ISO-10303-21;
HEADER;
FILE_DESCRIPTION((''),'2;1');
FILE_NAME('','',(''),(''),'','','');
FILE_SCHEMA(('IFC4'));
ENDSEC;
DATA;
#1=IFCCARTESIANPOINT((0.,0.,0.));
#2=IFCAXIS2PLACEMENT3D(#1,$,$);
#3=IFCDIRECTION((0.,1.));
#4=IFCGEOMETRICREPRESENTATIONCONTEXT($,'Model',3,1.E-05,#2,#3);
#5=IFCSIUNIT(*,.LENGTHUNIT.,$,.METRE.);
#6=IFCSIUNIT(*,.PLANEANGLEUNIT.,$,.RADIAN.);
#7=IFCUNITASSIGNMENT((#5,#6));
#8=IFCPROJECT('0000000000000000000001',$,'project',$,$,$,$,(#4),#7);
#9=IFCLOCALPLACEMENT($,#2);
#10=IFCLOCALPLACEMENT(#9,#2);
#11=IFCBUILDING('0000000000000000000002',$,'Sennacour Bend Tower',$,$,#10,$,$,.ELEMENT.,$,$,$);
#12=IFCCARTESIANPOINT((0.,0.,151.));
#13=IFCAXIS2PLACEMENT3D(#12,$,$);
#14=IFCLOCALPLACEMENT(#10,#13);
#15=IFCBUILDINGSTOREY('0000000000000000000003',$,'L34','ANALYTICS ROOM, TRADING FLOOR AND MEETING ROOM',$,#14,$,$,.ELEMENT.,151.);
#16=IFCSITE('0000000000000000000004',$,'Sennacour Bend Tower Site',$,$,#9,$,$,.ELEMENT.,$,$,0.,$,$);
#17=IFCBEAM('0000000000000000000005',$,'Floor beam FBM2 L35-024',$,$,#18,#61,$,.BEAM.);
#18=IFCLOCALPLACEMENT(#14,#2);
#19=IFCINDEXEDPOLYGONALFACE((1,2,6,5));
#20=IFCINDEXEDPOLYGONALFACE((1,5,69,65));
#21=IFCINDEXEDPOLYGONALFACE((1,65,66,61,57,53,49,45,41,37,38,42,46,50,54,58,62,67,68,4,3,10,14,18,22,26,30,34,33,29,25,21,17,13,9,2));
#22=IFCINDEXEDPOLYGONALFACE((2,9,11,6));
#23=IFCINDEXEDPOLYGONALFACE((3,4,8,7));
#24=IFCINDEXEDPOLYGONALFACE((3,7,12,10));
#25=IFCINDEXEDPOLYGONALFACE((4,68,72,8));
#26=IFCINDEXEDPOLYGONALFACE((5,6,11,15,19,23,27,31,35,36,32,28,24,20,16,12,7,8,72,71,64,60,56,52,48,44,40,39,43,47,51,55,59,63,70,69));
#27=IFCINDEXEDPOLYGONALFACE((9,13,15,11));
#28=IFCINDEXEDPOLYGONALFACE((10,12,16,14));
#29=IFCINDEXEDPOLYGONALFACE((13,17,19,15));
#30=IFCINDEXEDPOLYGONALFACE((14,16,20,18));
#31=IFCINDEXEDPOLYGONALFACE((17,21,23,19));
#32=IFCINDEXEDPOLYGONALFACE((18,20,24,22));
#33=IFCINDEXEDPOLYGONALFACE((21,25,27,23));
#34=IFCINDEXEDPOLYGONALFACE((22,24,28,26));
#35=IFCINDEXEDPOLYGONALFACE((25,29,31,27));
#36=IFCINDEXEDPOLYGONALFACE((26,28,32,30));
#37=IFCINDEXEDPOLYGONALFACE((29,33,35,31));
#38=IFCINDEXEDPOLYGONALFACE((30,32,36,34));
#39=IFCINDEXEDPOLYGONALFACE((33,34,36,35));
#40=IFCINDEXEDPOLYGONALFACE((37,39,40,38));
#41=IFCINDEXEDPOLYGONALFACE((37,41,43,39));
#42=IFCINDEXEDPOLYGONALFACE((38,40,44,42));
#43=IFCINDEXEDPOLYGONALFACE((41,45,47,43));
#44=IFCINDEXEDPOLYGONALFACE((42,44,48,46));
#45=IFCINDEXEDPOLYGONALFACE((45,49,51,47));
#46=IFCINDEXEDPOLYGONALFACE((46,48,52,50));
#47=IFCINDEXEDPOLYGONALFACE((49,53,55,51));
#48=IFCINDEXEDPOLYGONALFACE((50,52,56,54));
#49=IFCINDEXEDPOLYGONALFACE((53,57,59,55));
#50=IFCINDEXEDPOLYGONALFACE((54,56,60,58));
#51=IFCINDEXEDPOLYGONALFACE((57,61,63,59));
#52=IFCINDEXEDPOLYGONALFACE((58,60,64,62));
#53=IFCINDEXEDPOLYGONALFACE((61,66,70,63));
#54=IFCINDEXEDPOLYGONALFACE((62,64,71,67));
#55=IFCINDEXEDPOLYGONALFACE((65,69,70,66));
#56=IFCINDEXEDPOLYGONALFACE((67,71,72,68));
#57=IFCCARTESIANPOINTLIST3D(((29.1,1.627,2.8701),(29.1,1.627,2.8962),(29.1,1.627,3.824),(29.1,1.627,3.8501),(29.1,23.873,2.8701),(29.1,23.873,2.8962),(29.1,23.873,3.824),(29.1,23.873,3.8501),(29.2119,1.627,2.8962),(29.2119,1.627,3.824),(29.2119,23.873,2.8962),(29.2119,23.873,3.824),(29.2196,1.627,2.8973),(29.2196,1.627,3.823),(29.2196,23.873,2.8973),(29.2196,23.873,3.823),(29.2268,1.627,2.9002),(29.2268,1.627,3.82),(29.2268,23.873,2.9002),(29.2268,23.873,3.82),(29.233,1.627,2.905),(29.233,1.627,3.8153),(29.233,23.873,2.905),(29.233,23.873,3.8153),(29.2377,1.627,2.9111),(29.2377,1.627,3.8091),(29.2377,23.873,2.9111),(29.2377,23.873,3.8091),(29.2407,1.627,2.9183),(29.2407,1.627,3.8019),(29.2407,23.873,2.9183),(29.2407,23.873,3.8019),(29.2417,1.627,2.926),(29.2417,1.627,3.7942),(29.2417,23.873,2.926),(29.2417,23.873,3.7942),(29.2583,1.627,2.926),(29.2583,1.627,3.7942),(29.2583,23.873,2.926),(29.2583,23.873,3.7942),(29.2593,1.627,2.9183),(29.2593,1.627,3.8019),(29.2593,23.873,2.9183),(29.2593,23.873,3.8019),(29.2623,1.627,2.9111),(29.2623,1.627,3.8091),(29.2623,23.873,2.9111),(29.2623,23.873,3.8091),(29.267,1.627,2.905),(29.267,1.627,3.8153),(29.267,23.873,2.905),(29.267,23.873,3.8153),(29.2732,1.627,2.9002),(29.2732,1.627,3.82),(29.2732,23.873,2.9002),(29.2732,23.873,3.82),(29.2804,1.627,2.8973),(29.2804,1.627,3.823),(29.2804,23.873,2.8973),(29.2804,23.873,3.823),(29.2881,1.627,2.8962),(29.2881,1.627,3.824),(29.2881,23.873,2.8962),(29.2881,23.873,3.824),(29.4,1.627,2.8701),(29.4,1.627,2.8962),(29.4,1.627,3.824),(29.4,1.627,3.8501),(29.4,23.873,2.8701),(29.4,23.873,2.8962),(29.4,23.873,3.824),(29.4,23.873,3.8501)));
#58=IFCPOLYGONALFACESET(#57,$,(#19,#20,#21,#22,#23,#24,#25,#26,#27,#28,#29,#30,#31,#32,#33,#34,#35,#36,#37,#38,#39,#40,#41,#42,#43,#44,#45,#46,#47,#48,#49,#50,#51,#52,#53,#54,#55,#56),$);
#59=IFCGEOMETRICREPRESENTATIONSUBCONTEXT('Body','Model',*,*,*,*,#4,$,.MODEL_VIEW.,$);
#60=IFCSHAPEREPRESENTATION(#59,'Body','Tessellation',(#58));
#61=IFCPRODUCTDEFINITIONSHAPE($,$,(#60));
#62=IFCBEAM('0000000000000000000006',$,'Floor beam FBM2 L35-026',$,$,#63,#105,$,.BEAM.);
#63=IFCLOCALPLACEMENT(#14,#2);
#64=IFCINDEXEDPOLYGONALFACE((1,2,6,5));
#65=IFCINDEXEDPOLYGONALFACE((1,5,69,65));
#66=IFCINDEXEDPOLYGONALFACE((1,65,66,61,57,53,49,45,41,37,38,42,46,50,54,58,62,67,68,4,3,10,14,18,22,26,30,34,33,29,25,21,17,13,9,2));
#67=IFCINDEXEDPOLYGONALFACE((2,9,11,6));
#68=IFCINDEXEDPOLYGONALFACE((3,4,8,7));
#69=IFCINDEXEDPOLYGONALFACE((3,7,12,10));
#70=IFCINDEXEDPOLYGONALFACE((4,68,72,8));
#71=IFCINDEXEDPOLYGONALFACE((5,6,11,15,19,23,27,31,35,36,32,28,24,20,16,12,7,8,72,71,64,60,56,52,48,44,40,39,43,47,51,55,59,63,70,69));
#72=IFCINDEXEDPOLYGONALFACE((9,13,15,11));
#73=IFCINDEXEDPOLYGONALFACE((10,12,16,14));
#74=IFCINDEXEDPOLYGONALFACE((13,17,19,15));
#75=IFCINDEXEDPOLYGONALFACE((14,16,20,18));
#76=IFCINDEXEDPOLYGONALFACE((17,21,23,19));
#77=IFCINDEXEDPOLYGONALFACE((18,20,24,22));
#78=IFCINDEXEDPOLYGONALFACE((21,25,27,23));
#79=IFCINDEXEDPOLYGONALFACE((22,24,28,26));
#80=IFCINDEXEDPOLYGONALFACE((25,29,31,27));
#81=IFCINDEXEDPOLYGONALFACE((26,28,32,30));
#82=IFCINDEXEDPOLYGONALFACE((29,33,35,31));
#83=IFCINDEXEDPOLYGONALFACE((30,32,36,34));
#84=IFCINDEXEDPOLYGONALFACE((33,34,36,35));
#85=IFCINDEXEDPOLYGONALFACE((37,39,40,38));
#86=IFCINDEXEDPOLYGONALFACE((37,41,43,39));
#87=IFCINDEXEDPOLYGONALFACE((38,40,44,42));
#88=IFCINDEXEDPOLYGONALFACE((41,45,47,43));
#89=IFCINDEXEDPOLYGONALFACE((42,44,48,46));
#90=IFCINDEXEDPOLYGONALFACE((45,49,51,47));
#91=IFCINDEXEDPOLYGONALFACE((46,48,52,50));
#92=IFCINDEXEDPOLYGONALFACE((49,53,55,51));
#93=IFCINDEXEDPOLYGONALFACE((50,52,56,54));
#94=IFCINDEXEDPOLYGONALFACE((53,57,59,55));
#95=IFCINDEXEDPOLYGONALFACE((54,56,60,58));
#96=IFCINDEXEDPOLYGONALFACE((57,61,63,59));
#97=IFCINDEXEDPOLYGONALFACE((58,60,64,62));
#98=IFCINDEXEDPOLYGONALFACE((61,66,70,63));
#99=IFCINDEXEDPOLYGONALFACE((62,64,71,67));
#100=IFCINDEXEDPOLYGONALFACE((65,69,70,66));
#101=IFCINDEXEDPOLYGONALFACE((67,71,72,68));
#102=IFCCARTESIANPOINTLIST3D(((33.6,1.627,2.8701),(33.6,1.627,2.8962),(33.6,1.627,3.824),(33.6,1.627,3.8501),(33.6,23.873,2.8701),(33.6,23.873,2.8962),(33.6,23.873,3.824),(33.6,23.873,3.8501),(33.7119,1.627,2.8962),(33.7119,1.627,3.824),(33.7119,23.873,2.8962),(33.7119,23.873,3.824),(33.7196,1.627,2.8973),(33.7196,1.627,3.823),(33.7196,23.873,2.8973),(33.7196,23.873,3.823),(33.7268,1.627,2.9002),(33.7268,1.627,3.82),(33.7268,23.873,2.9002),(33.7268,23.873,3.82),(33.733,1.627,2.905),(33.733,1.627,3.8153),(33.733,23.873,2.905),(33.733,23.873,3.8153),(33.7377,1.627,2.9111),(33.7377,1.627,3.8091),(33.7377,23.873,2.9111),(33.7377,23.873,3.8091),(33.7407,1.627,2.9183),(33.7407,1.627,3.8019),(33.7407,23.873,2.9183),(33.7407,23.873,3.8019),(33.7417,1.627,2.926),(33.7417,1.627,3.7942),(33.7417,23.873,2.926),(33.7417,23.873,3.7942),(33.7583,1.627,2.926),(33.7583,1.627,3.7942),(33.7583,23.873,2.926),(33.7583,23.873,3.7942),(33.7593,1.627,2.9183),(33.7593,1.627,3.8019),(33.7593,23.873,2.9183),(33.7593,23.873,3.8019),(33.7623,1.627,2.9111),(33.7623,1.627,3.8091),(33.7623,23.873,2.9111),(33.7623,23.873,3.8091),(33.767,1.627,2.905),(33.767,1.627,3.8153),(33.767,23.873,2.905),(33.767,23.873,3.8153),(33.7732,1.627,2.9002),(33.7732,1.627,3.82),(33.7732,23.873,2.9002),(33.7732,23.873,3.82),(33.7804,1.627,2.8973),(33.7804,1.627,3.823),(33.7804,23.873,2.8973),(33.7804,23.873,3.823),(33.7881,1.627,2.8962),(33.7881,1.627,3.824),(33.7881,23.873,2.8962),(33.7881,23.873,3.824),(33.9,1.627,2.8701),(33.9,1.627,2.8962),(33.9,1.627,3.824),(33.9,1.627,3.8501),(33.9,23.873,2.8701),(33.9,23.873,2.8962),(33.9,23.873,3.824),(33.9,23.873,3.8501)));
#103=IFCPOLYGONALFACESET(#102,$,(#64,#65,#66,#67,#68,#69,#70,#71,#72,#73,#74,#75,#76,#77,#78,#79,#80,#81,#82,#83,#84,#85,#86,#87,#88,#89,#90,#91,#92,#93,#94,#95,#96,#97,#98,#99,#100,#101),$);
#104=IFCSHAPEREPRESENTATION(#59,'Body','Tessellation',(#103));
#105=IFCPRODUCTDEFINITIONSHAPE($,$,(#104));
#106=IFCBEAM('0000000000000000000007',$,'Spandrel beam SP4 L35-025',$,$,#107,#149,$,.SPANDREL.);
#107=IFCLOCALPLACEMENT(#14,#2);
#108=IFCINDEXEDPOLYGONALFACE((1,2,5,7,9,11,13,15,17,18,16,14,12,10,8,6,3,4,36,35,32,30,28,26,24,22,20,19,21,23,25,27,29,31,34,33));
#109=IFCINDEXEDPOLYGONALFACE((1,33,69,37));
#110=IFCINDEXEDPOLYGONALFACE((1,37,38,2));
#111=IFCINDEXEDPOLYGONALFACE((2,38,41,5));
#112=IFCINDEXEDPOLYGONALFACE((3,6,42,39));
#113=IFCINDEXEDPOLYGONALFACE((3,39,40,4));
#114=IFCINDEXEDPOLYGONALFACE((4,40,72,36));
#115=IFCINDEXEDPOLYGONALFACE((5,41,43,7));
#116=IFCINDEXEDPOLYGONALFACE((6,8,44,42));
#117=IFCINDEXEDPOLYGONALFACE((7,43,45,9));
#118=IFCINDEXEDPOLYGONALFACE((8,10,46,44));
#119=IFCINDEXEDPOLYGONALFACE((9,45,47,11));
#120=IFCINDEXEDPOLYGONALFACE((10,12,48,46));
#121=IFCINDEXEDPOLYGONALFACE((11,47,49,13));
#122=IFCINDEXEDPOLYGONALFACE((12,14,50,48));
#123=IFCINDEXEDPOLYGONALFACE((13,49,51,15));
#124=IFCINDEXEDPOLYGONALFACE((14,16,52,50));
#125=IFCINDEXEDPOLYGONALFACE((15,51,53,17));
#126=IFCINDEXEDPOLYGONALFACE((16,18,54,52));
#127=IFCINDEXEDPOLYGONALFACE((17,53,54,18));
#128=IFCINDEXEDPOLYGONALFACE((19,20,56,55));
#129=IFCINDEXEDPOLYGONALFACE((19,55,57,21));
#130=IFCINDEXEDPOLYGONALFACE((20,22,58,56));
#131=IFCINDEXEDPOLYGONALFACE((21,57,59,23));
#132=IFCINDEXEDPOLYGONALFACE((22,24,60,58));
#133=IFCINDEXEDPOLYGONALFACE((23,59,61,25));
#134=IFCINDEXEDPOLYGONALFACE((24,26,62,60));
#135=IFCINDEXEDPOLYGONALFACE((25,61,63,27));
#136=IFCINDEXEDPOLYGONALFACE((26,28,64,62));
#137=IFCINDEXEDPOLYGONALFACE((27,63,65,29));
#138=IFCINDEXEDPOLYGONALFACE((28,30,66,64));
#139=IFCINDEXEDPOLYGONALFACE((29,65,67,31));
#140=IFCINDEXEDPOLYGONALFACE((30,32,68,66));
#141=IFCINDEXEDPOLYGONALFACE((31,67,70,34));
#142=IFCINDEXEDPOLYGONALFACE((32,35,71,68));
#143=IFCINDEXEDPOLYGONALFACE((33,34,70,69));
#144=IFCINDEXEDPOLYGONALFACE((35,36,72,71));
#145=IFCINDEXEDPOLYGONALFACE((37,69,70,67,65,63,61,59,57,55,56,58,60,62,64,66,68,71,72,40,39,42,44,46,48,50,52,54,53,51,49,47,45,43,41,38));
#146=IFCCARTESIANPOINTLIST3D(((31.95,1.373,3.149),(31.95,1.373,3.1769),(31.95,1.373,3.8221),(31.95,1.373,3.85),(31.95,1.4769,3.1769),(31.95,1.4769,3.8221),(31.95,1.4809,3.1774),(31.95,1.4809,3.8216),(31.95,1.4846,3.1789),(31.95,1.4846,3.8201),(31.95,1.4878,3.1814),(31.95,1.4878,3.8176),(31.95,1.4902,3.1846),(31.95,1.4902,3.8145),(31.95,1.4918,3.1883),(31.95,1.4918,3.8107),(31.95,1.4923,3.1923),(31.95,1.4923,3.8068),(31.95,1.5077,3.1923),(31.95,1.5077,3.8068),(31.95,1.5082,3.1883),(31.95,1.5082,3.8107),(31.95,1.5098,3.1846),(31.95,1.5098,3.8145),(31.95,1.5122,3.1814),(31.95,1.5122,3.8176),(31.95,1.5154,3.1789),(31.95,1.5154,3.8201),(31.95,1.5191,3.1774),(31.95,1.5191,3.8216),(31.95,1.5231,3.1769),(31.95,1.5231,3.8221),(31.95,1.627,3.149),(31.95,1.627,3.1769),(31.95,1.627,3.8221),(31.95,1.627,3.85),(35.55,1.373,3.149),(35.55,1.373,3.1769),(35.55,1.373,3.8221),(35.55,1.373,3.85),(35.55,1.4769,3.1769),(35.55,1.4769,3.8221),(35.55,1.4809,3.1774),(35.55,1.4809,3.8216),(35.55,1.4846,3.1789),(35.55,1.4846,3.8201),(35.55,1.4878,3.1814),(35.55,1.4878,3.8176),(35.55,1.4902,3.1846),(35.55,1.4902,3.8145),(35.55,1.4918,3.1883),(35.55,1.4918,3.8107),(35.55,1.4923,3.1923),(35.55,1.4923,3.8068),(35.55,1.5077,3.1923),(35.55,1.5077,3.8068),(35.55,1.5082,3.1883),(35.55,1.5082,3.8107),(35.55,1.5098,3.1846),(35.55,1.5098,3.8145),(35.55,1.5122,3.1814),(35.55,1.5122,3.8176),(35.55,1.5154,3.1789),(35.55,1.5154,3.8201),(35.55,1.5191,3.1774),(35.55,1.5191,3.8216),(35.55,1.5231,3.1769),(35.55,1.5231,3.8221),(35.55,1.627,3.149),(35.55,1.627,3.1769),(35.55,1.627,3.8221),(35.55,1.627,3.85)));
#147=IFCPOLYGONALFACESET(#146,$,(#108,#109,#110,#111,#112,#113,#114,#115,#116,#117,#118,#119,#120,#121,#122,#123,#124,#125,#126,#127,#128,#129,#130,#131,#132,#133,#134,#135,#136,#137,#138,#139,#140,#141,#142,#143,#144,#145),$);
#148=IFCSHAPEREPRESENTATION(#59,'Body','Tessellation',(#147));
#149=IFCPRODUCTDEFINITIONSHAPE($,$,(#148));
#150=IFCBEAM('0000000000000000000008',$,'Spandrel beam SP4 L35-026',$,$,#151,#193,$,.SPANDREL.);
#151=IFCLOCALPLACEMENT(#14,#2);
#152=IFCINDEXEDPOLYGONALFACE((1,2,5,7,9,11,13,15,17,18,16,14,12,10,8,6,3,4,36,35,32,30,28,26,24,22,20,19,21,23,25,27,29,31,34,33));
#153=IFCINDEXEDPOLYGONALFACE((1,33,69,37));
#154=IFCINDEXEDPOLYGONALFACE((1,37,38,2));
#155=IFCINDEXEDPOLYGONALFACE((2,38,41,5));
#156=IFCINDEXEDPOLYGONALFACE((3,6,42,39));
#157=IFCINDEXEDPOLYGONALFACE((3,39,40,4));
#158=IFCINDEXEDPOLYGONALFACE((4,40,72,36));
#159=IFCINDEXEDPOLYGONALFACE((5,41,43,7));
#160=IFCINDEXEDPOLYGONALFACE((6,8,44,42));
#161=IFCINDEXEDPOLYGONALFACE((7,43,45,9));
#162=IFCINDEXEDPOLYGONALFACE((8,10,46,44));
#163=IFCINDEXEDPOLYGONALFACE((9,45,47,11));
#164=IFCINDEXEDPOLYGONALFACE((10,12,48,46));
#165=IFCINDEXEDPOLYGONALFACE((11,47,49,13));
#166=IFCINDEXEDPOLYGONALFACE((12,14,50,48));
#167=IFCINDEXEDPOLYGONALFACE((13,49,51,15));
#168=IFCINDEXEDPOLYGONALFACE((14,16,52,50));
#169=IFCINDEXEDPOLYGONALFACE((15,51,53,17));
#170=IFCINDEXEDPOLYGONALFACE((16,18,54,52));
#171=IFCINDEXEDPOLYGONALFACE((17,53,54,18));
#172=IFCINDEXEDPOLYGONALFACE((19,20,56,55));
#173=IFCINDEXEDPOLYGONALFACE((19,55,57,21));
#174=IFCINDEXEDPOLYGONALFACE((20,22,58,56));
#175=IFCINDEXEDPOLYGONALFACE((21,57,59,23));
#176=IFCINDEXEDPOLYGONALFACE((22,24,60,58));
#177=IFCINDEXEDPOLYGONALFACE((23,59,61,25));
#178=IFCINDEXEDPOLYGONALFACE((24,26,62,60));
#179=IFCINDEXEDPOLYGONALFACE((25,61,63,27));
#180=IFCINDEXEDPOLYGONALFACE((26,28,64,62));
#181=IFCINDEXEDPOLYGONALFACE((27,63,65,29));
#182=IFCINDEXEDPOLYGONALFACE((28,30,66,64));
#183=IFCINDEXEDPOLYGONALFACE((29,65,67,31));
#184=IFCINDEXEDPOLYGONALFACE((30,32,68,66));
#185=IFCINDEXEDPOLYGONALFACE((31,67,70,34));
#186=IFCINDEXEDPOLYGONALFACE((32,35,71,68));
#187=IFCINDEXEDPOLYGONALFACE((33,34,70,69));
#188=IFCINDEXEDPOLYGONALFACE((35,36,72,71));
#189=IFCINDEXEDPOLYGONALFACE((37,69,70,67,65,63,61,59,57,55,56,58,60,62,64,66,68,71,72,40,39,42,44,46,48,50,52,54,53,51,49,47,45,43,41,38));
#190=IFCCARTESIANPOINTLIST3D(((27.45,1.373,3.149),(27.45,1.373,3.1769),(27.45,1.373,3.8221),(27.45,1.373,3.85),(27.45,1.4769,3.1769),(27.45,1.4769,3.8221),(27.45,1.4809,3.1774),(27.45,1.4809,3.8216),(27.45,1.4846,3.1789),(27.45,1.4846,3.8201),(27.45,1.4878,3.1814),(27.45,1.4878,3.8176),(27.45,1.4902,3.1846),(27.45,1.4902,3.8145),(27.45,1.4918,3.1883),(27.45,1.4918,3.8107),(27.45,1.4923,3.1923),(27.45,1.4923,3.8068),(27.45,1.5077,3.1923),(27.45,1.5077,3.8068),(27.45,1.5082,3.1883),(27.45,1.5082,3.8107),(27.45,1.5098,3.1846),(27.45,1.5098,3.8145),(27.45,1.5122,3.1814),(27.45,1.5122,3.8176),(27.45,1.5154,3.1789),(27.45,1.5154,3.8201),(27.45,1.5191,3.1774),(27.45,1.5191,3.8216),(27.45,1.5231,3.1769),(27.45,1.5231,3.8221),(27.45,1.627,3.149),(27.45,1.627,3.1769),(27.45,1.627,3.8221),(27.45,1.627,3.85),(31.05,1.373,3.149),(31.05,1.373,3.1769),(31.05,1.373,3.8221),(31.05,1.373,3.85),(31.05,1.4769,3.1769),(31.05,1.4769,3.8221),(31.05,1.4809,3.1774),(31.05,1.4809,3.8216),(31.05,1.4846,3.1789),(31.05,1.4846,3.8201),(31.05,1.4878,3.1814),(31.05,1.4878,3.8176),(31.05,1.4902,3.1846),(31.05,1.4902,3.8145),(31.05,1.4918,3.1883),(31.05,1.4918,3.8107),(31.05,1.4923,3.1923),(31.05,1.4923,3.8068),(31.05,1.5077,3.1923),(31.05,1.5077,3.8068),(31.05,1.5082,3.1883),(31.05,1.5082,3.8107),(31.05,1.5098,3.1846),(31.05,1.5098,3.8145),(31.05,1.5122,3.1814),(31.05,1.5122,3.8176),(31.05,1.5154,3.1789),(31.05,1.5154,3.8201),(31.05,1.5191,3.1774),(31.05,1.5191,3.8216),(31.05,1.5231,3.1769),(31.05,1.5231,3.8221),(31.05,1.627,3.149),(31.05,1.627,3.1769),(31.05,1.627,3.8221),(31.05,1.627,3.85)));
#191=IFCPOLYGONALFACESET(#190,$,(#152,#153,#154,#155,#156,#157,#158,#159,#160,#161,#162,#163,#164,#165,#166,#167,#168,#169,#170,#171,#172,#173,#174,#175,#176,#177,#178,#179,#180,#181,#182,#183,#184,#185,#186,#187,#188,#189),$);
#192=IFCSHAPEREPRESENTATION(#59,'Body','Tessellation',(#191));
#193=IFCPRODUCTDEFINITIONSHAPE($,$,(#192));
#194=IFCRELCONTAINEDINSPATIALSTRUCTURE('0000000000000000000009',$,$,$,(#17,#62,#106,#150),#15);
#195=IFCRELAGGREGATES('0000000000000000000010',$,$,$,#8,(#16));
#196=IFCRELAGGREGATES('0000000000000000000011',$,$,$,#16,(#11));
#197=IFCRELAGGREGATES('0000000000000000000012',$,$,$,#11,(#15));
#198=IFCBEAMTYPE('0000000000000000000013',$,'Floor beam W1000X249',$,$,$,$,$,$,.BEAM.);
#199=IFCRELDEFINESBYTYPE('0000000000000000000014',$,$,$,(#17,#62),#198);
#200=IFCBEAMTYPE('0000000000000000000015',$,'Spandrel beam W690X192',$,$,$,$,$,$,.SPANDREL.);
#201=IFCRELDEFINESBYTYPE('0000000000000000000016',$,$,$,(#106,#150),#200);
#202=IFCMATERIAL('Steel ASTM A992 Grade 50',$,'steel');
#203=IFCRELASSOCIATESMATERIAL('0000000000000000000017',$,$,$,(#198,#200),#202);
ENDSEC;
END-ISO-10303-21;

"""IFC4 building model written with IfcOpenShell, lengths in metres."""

from ifc_helpers import new_model, si_unit, direction, frame, origin, origin_2d, place, context, subcontext, project, spatial, i_section, extrude, material, material_profile, profile_set, type_object, element, save


model = new_model("IFC4")

# Units and contexts
model_context = context("Model", 3, precision=1e-05, world=origin(), true_north=direction((0.0, 1.0)))
body_context = subcontext(model_context, "Body", "Model", "MODEL_VIEW")
ifc_project = project(units=[si_unit("LENGTHUNIT", "METRE"), si_unit("PLANEANGLEUNIT", "RADIAN")], contexts=[model_context])

# Site, building, storey
site_placement = place(None, origin())
site = spatial("IfcSite", under=ifc_project, at=site_placement, Name="Sennacour Bend Tower Site", CompositionType="ELEMENT", RefElevation=0.0)
building_placement = place(site_placement, origin())
building = spatial("IfcBuilding", under=site, at=building_placement, Name="Sennacour Bend Tower", CompositionType="ELEMENT")
storey_placement = place(building_placement, frame((0.0, 0.0, 151.0)))
storey = spatial("IfcBuildingStorey", under=building, at=storey_placement, Name="L34", Description="ANALYTICS ROOM, TRADING FLOOR AND MEETING ROOM", CompositionType="ELEMENT", Elevation=151.0)

# Beams
ifc_material_1 = material(Name="Steel ASTM A992 Grade 50", Category="steel")
ifc_material_profile_1 = material_profile(ifc_material_1, i_section(OverallWidth=0.3, OverallDepth=0.98, WebThickness=0.0166, FlangeThickness=0.0261, FilletRadius=0.0298, at=origin_2d()), Name="Steel ASTM A992 Grade 50", Category="steel")
ifc_profile_set_1 = profile_set([ifc_material_profile_1], Name="Steel ASTM A992 Grade 50")
beam_type_1 = type_object("IfcBeamType", Name="Floor beam W1000X249", PredefinedType="BEAM", material=ifc_profile_set_1)
for number, where, z_axis, x_axis, name in (
    (1, (29.25, 1.627, 3.3601), (0.0, 1.0, 0.0), (-1.0, 0.0, 0.0), "Floor beam FBM2 L35-024"),
    (2, (33.75, 1.627, 3.3601), (0.0, 1.0, 0.0), (-1.0, 0.0, 0.0), "Floor beam FBM2 L35-026"),
):
    element("IfcBeam", number, at=place(storey_placement, frame(where, z_axis=z_axis, x_axis=x_axis)), inside=storey, type_object=beam_type_1, Name=name, PredefinedType="BEAM", context=body_context, shape_type="SweptSolid", body=[
        extrude(i_section(OverallWidth=0.3, OverallDepth=0.98, WebThickness=0.0166, FlangeThickness=0.0261, FilletRadius=0.0298, at=origin_2d()), origin(), (0.0, 0.0, 1.0), 22.2461),
    ])
ifc_material_profile_2 = material_profile(ifc_material_1, i_section(OverallWidth=0.2539, OverallDepth=0.7009, WebThickness=0.0154, FlangeThickness=0.0278, FilletRadius=0.0154, at=origin_2d()), Name="Steel ASTM A992 Grade 50", Category="steel")
ifc_profile_set_2 = profile_set([ifc_material_profile_2], Name="Steel ASTM A992 Grade 50")
beam_type_2 = type_object("IfcBeamType", Name="Spandrel beam W690X192", PredefinedType="SPANDREL", material=ifc_profile_set_2)
for number, where, z_axis, x_axis, name in (
    (3, (35.55, 1.5, 3.4995), (-1.0, 0.0, 0.0), (0.0, -1.0, 0.0), "Spandrel beam SP4 L35-025"),
    (4, (31.05, 1.5, 3.4995), (-1.0, 0.0, 0.0), (0.0, -1.0, 0.0), "Spandrel beam SP4 L35-026"),
):
    element("IfcBeam", number, at=place(storey_placement, frame(where, z_axis=z_axis, x_axis=x_axis)), inside=storey, type_object=beam_type_2, Name=name, PredefinedType="SPANDREL", context=body_context, shape_type="SweptSolid", body=[
        extrude(i_section(OverallWidth=0.2539, OverallDepth=0.7009, WebThickness=0.0154, FlangeThickness=0.0278, FilletRadius=0.0154, at=origin_2d()), origin(), (0.0, 0.0, 1.0), 3.6001),
    ])

save(model, "model.ifc")
